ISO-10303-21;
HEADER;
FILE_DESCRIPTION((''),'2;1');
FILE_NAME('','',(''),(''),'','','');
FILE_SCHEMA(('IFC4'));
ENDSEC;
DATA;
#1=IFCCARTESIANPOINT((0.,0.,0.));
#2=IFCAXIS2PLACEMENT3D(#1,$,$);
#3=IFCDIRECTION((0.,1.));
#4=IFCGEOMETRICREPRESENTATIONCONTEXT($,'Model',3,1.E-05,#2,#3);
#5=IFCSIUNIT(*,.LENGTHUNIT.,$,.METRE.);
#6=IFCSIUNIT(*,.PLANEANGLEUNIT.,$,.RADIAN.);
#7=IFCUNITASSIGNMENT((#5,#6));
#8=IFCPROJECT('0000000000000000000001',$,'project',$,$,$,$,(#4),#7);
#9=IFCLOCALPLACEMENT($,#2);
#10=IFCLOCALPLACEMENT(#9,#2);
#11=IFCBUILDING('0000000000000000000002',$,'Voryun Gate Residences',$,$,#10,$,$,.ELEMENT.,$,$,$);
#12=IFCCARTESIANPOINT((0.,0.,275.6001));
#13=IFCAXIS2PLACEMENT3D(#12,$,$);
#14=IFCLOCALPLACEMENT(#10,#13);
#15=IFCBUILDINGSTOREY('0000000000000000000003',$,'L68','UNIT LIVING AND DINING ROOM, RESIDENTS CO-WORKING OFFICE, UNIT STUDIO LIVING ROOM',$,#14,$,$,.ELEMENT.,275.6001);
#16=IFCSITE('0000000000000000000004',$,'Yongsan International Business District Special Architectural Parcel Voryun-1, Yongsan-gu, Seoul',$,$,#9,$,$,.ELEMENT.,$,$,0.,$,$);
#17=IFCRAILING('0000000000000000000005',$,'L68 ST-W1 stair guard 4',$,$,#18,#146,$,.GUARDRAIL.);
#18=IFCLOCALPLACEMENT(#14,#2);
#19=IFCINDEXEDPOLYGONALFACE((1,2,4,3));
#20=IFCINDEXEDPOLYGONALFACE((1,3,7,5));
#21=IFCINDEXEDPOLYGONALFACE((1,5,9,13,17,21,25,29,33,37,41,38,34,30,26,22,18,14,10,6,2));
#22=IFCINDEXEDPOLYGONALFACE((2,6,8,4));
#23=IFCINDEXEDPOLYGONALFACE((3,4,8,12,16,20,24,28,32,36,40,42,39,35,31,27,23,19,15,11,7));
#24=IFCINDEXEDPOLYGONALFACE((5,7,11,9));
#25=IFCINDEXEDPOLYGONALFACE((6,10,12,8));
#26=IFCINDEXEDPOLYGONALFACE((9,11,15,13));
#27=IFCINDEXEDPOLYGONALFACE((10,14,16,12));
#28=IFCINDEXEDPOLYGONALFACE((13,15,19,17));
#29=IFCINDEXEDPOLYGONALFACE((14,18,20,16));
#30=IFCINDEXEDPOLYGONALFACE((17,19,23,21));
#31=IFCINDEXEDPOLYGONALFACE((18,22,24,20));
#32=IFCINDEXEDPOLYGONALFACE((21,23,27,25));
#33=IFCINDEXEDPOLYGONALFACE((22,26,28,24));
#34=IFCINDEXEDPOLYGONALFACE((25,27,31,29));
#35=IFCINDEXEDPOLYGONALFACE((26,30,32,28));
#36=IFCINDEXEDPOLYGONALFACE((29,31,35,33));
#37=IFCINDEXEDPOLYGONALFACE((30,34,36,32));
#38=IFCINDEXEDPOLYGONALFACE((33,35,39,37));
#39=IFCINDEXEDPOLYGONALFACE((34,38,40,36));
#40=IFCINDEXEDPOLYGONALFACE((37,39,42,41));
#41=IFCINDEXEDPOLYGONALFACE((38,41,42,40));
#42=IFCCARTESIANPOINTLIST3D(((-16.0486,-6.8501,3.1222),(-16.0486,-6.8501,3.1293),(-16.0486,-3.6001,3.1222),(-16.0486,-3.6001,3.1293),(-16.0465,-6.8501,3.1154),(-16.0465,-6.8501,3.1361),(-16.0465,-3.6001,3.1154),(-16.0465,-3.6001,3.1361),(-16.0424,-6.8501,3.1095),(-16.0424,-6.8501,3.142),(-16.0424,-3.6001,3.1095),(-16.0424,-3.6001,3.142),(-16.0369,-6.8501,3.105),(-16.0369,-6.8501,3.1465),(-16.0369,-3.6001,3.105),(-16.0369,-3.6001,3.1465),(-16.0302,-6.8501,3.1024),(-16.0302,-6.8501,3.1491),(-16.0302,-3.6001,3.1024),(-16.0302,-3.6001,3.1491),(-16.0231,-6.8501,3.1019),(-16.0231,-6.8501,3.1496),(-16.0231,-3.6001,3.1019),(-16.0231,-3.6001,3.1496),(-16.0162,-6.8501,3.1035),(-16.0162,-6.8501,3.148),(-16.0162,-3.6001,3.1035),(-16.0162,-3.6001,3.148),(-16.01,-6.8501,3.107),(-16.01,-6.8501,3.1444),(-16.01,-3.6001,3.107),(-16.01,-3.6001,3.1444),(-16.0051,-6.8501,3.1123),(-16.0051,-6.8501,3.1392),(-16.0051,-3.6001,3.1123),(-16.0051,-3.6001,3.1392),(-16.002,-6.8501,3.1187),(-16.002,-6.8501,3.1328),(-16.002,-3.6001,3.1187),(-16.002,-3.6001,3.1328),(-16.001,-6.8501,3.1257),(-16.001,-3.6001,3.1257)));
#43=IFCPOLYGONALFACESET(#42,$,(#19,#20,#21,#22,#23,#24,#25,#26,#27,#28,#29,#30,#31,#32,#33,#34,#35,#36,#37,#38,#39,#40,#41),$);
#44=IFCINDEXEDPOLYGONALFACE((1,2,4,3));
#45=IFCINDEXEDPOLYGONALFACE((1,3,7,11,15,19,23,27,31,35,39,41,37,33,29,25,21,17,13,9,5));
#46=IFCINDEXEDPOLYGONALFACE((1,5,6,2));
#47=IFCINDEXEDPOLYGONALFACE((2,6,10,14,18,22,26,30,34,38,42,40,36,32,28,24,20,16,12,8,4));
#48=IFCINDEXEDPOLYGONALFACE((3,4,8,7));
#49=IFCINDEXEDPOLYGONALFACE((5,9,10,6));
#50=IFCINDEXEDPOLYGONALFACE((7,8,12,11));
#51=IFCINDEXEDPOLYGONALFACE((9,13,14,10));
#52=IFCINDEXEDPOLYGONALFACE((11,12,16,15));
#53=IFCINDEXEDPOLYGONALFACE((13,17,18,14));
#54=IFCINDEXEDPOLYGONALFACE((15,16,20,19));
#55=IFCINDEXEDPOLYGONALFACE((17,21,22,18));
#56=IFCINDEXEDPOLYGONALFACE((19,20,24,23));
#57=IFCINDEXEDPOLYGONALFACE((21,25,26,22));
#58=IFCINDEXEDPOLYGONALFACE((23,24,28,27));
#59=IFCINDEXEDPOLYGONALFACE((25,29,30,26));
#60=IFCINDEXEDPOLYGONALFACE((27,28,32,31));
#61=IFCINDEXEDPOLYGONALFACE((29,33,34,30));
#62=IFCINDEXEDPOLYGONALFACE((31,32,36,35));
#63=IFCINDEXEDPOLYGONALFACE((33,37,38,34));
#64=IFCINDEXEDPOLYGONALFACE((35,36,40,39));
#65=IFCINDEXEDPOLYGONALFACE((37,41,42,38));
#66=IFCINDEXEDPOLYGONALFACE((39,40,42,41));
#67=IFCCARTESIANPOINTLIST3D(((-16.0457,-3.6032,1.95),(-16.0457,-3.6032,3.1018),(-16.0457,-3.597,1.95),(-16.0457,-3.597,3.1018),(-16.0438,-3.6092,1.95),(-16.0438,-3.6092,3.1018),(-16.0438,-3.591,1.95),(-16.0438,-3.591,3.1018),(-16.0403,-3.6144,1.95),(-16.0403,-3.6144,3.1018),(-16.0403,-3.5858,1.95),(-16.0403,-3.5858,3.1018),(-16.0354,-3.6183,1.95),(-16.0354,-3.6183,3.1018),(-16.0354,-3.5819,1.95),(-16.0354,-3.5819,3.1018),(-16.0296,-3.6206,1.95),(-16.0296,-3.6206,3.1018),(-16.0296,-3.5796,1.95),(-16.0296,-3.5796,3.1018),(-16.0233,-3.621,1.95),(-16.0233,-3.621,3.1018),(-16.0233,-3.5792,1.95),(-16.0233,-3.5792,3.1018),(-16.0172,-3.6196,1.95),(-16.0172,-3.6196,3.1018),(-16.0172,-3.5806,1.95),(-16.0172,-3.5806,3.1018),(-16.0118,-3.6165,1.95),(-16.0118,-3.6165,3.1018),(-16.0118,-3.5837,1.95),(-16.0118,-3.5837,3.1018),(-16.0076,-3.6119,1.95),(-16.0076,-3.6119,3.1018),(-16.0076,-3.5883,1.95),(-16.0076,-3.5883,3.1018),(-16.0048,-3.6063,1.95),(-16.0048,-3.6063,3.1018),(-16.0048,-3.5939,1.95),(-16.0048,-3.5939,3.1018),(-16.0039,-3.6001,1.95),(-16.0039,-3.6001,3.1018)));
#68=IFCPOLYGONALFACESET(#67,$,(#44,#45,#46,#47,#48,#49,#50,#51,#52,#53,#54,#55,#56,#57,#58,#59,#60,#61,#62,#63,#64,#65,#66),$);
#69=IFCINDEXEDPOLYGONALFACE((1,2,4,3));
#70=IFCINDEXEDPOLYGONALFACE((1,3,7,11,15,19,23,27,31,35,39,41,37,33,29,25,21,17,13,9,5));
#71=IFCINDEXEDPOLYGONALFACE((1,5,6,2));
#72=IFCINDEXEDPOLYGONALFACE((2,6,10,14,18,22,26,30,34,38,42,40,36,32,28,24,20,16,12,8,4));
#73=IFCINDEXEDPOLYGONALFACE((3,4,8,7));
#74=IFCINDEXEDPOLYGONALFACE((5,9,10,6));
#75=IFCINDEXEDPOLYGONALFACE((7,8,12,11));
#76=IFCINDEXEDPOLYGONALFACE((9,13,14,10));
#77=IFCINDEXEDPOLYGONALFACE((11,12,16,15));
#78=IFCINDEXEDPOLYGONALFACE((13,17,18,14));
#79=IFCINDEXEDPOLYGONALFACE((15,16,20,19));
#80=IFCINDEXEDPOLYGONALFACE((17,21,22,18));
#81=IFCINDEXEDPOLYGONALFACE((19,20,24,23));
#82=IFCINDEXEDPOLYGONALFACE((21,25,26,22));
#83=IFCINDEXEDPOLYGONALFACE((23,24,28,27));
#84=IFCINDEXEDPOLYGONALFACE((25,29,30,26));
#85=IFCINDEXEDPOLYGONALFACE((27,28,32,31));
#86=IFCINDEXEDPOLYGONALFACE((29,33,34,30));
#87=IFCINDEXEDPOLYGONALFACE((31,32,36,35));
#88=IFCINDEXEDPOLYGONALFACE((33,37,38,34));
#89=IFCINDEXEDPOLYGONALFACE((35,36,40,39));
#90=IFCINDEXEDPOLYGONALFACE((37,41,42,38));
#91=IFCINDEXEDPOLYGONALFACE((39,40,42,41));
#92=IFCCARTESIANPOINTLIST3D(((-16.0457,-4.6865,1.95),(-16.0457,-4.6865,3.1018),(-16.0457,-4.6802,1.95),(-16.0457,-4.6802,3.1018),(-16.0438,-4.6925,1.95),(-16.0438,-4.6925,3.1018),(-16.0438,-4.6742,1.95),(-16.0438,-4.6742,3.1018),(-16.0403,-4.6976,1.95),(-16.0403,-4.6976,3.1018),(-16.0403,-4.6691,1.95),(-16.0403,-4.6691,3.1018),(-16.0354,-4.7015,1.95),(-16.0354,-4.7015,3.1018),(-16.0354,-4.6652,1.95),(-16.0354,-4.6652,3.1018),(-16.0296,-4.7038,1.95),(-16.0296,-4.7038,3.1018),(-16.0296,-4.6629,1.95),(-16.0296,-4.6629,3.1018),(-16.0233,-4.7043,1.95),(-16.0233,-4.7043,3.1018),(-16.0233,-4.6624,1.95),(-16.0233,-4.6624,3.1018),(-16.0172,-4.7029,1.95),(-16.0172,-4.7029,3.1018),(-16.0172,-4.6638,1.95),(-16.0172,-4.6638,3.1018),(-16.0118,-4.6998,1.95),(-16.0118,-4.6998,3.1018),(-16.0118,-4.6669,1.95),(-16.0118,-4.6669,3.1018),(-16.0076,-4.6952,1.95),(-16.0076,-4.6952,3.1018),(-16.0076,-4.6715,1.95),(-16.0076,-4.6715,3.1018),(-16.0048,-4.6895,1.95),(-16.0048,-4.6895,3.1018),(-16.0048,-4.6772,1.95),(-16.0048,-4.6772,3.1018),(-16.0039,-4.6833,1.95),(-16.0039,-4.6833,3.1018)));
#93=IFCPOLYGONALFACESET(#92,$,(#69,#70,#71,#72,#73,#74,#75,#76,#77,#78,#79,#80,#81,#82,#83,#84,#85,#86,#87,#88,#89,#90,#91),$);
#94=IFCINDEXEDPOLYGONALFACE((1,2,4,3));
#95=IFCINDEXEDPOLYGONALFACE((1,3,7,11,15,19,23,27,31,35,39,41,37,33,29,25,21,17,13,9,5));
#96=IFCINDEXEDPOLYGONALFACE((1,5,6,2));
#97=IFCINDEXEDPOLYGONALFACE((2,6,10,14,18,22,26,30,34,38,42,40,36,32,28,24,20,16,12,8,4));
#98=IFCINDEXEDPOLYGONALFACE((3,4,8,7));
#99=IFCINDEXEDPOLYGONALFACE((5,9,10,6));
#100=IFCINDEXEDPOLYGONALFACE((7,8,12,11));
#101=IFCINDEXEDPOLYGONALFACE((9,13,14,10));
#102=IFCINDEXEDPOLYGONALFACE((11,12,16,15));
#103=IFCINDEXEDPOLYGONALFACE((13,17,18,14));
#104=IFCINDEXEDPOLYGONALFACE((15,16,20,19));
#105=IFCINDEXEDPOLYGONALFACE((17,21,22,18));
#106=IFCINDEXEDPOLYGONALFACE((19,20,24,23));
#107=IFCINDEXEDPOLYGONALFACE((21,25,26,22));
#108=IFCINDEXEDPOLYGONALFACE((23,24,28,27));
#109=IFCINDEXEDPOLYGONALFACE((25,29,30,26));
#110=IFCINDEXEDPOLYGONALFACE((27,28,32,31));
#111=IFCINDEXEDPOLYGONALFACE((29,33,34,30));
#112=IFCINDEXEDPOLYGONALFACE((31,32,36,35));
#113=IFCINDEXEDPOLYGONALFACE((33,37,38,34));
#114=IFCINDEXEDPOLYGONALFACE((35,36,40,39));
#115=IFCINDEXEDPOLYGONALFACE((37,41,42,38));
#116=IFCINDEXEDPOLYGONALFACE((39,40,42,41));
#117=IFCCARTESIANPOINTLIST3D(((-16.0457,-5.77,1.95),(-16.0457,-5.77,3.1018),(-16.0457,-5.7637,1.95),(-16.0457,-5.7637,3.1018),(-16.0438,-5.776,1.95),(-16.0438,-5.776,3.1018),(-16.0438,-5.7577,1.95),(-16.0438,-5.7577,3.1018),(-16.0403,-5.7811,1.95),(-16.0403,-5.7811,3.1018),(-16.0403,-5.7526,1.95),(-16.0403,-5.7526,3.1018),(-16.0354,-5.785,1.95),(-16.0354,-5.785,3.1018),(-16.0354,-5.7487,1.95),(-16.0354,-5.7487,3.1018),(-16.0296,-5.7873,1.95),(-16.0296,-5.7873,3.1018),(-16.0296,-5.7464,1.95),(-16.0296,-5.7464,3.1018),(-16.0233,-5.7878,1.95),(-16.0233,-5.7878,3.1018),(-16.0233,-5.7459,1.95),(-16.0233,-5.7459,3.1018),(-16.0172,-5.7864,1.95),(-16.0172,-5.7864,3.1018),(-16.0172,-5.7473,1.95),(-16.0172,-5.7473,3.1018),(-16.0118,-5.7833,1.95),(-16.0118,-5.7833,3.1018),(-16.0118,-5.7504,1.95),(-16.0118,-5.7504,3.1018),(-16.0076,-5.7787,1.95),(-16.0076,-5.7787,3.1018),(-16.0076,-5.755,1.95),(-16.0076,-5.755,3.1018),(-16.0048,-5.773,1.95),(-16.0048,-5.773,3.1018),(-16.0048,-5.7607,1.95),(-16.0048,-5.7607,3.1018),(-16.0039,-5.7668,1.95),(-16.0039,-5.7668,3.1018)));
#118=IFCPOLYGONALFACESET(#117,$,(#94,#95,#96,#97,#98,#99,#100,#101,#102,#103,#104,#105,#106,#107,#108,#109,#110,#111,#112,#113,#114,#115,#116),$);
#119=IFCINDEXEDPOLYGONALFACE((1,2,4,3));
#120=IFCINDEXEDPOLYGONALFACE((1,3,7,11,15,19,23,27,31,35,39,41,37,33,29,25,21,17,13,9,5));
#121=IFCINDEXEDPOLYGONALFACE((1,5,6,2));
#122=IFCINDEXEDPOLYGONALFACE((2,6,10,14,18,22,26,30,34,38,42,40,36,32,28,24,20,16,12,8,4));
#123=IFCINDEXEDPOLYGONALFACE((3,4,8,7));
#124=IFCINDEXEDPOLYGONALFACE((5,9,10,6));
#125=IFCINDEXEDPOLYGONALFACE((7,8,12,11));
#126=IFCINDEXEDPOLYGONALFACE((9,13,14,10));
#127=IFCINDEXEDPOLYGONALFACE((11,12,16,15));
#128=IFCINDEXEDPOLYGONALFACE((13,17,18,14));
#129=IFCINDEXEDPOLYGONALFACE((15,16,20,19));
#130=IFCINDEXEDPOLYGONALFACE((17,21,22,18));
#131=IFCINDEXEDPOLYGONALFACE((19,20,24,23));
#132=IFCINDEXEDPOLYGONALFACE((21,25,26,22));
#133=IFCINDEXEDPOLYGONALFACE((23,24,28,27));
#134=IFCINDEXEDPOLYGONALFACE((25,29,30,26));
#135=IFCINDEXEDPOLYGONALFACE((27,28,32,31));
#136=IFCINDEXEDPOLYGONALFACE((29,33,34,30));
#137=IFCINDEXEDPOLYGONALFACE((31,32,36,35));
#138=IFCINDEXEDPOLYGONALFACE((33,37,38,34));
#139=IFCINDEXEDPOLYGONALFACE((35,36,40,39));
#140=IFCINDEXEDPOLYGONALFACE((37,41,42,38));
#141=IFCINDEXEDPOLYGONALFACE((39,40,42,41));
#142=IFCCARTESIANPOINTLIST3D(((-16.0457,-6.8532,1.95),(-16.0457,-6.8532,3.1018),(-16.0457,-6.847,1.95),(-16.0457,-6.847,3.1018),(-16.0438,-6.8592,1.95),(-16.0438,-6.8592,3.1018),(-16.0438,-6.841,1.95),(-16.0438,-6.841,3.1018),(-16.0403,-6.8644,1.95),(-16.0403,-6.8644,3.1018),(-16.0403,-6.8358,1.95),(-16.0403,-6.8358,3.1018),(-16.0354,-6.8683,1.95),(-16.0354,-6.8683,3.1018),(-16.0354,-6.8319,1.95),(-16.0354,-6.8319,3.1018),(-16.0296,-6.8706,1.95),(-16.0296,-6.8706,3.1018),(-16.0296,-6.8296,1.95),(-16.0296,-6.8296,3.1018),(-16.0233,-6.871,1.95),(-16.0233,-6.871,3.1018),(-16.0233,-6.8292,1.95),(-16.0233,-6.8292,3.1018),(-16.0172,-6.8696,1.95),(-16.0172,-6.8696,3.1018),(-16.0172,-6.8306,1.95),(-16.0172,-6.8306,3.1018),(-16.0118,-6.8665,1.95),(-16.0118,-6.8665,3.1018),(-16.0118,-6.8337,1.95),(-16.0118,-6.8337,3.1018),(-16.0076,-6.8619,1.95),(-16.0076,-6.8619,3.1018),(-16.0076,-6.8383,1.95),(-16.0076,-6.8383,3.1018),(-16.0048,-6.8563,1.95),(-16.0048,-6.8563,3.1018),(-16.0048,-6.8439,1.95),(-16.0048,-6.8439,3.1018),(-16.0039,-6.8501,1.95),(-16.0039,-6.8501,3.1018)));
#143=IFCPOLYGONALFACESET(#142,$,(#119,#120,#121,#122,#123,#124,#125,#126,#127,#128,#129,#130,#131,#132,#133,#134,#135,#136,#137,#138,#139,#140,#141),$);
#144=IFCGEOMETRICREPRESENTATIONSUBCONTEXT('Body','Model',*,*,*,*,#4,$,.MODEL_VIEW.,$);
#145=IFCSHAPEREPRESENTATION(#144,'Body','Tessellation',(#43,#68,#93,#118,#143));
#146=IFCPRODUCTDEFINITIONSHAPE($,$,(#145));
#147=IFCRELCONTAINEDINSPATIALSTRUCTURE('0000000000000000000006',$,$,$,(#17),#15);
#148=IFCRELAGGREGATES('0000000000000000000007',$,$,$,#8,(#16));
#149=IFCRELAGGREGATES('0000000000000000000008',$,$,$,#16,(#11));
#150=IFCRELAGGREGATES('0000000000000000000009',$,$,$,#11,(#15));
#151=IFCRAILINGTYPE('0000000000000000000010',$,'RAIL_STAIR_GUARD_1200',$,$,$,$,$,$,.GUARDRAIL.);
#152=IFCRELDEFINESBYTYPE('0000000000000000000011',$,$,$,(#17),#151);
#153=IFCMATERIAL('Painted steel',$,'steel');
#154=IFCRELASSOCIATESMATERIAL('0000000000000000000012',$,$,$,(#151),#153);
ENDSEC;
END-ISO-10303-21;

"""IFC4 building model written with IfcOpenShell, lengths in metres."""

from ifc_helpers import new_model, si_unit, direction, frame, origin, origin_2d, place, context, subcontext, project, spatial, circle, extrude, material, type_object, element, save


model = new_model("IFC4")

# Units and contexts
model_context = context("Model", 3, precision=1e-05, world=origin(), true_north=direction((0.0, 1.0)))
body_context = subcontext(model_context, "Body", "Model", "MODEL_VIEW")
ifc_project = project(units=[si_unit("LENGTHUNIT", "METRE"), si_unit("PLANEANGLEUNIT", "RADIAN")], contexts=[model_context])

# Site, building, storey
site_placement = place(None, origin())
site = spatial("IfcSite", under=ifc_project, at=site_placement, Name="Yongsan International Business District Special Architectural Parcel Voryun-1, Yongsan-gu, Seoul", CompositionType="ELEMENT", RefElevation=0.0)
building_placement = place(site_placement, origin())
building = spatial("IfcBuilding", under=site, at=building_placement, Name="Voryun Gate Residences", CompositionType="ELEMENT")
storey_placement = place(building_placement, frame((0.0, 0.0, 275.6001)))
storey = spatial("IfcBuildingStorey", under=building, at=storey_placement, Name="L68", Description="UNIT LIVING AND DINING ROOM, RESIDENTS CO-WORKING OFFICE, UNIT STUDIO LIVING ROOM", CompositionType="ELEMENT", Elevation=275.6001)

# Railing
ifc_material_1 = material(Name="Painted steel", Category="steel")
railing_type_1 = type_object("IfcRailingType", Name="RAIL_STAIR_GUARD_1200", PredefinedType="GUARDRAIL", material=ifc_material_1)
railing_1_placement = place(storey_placement, frame((-16.0249, -3.6001, 1.95)))
element("IfcRailing", 1, at=railing_1_placement, inside=storey, type_object=railing_type_1, Name="L68 ST-W1 stair guard 4", PredefinedType="GUARDRAIL", context=body_context, shape_type="SweptSolid", body=[
    extrude(circle(Radius=0.0239, at=origin_2d()), frame((0.0, 0.0, 1.1758), z_axis=(0.0, -1.0, 0.0), x_axis=(1.0, 0.0, 0.0)), (0.0, 0.0, 1.0), 3.25),
    extrude(circle(Radius=0.021, at=origin_2d()), origin(), (0.0, 0.0, 1.0), 1.1519),
    extrude(circle(Radius=0.021, at=origin_2d()), frame((0.0, -1.0833, 0.0)), (0.0, 0.0, 1.0), 1.1519),
    extrude(circle(Radius=0.021, at=origin_2d()), frame((0.0, -2.1667, 0.0)), (0.0, 0.0, 1.0), 1.1519),
    extrude(circle(Radius=0.021, at=origin_2d()), frame((0.0, -3.25, 0.0)), (0.0, 0.0, 1.0), 1.1519),
])

save(model, "model.ifc")
